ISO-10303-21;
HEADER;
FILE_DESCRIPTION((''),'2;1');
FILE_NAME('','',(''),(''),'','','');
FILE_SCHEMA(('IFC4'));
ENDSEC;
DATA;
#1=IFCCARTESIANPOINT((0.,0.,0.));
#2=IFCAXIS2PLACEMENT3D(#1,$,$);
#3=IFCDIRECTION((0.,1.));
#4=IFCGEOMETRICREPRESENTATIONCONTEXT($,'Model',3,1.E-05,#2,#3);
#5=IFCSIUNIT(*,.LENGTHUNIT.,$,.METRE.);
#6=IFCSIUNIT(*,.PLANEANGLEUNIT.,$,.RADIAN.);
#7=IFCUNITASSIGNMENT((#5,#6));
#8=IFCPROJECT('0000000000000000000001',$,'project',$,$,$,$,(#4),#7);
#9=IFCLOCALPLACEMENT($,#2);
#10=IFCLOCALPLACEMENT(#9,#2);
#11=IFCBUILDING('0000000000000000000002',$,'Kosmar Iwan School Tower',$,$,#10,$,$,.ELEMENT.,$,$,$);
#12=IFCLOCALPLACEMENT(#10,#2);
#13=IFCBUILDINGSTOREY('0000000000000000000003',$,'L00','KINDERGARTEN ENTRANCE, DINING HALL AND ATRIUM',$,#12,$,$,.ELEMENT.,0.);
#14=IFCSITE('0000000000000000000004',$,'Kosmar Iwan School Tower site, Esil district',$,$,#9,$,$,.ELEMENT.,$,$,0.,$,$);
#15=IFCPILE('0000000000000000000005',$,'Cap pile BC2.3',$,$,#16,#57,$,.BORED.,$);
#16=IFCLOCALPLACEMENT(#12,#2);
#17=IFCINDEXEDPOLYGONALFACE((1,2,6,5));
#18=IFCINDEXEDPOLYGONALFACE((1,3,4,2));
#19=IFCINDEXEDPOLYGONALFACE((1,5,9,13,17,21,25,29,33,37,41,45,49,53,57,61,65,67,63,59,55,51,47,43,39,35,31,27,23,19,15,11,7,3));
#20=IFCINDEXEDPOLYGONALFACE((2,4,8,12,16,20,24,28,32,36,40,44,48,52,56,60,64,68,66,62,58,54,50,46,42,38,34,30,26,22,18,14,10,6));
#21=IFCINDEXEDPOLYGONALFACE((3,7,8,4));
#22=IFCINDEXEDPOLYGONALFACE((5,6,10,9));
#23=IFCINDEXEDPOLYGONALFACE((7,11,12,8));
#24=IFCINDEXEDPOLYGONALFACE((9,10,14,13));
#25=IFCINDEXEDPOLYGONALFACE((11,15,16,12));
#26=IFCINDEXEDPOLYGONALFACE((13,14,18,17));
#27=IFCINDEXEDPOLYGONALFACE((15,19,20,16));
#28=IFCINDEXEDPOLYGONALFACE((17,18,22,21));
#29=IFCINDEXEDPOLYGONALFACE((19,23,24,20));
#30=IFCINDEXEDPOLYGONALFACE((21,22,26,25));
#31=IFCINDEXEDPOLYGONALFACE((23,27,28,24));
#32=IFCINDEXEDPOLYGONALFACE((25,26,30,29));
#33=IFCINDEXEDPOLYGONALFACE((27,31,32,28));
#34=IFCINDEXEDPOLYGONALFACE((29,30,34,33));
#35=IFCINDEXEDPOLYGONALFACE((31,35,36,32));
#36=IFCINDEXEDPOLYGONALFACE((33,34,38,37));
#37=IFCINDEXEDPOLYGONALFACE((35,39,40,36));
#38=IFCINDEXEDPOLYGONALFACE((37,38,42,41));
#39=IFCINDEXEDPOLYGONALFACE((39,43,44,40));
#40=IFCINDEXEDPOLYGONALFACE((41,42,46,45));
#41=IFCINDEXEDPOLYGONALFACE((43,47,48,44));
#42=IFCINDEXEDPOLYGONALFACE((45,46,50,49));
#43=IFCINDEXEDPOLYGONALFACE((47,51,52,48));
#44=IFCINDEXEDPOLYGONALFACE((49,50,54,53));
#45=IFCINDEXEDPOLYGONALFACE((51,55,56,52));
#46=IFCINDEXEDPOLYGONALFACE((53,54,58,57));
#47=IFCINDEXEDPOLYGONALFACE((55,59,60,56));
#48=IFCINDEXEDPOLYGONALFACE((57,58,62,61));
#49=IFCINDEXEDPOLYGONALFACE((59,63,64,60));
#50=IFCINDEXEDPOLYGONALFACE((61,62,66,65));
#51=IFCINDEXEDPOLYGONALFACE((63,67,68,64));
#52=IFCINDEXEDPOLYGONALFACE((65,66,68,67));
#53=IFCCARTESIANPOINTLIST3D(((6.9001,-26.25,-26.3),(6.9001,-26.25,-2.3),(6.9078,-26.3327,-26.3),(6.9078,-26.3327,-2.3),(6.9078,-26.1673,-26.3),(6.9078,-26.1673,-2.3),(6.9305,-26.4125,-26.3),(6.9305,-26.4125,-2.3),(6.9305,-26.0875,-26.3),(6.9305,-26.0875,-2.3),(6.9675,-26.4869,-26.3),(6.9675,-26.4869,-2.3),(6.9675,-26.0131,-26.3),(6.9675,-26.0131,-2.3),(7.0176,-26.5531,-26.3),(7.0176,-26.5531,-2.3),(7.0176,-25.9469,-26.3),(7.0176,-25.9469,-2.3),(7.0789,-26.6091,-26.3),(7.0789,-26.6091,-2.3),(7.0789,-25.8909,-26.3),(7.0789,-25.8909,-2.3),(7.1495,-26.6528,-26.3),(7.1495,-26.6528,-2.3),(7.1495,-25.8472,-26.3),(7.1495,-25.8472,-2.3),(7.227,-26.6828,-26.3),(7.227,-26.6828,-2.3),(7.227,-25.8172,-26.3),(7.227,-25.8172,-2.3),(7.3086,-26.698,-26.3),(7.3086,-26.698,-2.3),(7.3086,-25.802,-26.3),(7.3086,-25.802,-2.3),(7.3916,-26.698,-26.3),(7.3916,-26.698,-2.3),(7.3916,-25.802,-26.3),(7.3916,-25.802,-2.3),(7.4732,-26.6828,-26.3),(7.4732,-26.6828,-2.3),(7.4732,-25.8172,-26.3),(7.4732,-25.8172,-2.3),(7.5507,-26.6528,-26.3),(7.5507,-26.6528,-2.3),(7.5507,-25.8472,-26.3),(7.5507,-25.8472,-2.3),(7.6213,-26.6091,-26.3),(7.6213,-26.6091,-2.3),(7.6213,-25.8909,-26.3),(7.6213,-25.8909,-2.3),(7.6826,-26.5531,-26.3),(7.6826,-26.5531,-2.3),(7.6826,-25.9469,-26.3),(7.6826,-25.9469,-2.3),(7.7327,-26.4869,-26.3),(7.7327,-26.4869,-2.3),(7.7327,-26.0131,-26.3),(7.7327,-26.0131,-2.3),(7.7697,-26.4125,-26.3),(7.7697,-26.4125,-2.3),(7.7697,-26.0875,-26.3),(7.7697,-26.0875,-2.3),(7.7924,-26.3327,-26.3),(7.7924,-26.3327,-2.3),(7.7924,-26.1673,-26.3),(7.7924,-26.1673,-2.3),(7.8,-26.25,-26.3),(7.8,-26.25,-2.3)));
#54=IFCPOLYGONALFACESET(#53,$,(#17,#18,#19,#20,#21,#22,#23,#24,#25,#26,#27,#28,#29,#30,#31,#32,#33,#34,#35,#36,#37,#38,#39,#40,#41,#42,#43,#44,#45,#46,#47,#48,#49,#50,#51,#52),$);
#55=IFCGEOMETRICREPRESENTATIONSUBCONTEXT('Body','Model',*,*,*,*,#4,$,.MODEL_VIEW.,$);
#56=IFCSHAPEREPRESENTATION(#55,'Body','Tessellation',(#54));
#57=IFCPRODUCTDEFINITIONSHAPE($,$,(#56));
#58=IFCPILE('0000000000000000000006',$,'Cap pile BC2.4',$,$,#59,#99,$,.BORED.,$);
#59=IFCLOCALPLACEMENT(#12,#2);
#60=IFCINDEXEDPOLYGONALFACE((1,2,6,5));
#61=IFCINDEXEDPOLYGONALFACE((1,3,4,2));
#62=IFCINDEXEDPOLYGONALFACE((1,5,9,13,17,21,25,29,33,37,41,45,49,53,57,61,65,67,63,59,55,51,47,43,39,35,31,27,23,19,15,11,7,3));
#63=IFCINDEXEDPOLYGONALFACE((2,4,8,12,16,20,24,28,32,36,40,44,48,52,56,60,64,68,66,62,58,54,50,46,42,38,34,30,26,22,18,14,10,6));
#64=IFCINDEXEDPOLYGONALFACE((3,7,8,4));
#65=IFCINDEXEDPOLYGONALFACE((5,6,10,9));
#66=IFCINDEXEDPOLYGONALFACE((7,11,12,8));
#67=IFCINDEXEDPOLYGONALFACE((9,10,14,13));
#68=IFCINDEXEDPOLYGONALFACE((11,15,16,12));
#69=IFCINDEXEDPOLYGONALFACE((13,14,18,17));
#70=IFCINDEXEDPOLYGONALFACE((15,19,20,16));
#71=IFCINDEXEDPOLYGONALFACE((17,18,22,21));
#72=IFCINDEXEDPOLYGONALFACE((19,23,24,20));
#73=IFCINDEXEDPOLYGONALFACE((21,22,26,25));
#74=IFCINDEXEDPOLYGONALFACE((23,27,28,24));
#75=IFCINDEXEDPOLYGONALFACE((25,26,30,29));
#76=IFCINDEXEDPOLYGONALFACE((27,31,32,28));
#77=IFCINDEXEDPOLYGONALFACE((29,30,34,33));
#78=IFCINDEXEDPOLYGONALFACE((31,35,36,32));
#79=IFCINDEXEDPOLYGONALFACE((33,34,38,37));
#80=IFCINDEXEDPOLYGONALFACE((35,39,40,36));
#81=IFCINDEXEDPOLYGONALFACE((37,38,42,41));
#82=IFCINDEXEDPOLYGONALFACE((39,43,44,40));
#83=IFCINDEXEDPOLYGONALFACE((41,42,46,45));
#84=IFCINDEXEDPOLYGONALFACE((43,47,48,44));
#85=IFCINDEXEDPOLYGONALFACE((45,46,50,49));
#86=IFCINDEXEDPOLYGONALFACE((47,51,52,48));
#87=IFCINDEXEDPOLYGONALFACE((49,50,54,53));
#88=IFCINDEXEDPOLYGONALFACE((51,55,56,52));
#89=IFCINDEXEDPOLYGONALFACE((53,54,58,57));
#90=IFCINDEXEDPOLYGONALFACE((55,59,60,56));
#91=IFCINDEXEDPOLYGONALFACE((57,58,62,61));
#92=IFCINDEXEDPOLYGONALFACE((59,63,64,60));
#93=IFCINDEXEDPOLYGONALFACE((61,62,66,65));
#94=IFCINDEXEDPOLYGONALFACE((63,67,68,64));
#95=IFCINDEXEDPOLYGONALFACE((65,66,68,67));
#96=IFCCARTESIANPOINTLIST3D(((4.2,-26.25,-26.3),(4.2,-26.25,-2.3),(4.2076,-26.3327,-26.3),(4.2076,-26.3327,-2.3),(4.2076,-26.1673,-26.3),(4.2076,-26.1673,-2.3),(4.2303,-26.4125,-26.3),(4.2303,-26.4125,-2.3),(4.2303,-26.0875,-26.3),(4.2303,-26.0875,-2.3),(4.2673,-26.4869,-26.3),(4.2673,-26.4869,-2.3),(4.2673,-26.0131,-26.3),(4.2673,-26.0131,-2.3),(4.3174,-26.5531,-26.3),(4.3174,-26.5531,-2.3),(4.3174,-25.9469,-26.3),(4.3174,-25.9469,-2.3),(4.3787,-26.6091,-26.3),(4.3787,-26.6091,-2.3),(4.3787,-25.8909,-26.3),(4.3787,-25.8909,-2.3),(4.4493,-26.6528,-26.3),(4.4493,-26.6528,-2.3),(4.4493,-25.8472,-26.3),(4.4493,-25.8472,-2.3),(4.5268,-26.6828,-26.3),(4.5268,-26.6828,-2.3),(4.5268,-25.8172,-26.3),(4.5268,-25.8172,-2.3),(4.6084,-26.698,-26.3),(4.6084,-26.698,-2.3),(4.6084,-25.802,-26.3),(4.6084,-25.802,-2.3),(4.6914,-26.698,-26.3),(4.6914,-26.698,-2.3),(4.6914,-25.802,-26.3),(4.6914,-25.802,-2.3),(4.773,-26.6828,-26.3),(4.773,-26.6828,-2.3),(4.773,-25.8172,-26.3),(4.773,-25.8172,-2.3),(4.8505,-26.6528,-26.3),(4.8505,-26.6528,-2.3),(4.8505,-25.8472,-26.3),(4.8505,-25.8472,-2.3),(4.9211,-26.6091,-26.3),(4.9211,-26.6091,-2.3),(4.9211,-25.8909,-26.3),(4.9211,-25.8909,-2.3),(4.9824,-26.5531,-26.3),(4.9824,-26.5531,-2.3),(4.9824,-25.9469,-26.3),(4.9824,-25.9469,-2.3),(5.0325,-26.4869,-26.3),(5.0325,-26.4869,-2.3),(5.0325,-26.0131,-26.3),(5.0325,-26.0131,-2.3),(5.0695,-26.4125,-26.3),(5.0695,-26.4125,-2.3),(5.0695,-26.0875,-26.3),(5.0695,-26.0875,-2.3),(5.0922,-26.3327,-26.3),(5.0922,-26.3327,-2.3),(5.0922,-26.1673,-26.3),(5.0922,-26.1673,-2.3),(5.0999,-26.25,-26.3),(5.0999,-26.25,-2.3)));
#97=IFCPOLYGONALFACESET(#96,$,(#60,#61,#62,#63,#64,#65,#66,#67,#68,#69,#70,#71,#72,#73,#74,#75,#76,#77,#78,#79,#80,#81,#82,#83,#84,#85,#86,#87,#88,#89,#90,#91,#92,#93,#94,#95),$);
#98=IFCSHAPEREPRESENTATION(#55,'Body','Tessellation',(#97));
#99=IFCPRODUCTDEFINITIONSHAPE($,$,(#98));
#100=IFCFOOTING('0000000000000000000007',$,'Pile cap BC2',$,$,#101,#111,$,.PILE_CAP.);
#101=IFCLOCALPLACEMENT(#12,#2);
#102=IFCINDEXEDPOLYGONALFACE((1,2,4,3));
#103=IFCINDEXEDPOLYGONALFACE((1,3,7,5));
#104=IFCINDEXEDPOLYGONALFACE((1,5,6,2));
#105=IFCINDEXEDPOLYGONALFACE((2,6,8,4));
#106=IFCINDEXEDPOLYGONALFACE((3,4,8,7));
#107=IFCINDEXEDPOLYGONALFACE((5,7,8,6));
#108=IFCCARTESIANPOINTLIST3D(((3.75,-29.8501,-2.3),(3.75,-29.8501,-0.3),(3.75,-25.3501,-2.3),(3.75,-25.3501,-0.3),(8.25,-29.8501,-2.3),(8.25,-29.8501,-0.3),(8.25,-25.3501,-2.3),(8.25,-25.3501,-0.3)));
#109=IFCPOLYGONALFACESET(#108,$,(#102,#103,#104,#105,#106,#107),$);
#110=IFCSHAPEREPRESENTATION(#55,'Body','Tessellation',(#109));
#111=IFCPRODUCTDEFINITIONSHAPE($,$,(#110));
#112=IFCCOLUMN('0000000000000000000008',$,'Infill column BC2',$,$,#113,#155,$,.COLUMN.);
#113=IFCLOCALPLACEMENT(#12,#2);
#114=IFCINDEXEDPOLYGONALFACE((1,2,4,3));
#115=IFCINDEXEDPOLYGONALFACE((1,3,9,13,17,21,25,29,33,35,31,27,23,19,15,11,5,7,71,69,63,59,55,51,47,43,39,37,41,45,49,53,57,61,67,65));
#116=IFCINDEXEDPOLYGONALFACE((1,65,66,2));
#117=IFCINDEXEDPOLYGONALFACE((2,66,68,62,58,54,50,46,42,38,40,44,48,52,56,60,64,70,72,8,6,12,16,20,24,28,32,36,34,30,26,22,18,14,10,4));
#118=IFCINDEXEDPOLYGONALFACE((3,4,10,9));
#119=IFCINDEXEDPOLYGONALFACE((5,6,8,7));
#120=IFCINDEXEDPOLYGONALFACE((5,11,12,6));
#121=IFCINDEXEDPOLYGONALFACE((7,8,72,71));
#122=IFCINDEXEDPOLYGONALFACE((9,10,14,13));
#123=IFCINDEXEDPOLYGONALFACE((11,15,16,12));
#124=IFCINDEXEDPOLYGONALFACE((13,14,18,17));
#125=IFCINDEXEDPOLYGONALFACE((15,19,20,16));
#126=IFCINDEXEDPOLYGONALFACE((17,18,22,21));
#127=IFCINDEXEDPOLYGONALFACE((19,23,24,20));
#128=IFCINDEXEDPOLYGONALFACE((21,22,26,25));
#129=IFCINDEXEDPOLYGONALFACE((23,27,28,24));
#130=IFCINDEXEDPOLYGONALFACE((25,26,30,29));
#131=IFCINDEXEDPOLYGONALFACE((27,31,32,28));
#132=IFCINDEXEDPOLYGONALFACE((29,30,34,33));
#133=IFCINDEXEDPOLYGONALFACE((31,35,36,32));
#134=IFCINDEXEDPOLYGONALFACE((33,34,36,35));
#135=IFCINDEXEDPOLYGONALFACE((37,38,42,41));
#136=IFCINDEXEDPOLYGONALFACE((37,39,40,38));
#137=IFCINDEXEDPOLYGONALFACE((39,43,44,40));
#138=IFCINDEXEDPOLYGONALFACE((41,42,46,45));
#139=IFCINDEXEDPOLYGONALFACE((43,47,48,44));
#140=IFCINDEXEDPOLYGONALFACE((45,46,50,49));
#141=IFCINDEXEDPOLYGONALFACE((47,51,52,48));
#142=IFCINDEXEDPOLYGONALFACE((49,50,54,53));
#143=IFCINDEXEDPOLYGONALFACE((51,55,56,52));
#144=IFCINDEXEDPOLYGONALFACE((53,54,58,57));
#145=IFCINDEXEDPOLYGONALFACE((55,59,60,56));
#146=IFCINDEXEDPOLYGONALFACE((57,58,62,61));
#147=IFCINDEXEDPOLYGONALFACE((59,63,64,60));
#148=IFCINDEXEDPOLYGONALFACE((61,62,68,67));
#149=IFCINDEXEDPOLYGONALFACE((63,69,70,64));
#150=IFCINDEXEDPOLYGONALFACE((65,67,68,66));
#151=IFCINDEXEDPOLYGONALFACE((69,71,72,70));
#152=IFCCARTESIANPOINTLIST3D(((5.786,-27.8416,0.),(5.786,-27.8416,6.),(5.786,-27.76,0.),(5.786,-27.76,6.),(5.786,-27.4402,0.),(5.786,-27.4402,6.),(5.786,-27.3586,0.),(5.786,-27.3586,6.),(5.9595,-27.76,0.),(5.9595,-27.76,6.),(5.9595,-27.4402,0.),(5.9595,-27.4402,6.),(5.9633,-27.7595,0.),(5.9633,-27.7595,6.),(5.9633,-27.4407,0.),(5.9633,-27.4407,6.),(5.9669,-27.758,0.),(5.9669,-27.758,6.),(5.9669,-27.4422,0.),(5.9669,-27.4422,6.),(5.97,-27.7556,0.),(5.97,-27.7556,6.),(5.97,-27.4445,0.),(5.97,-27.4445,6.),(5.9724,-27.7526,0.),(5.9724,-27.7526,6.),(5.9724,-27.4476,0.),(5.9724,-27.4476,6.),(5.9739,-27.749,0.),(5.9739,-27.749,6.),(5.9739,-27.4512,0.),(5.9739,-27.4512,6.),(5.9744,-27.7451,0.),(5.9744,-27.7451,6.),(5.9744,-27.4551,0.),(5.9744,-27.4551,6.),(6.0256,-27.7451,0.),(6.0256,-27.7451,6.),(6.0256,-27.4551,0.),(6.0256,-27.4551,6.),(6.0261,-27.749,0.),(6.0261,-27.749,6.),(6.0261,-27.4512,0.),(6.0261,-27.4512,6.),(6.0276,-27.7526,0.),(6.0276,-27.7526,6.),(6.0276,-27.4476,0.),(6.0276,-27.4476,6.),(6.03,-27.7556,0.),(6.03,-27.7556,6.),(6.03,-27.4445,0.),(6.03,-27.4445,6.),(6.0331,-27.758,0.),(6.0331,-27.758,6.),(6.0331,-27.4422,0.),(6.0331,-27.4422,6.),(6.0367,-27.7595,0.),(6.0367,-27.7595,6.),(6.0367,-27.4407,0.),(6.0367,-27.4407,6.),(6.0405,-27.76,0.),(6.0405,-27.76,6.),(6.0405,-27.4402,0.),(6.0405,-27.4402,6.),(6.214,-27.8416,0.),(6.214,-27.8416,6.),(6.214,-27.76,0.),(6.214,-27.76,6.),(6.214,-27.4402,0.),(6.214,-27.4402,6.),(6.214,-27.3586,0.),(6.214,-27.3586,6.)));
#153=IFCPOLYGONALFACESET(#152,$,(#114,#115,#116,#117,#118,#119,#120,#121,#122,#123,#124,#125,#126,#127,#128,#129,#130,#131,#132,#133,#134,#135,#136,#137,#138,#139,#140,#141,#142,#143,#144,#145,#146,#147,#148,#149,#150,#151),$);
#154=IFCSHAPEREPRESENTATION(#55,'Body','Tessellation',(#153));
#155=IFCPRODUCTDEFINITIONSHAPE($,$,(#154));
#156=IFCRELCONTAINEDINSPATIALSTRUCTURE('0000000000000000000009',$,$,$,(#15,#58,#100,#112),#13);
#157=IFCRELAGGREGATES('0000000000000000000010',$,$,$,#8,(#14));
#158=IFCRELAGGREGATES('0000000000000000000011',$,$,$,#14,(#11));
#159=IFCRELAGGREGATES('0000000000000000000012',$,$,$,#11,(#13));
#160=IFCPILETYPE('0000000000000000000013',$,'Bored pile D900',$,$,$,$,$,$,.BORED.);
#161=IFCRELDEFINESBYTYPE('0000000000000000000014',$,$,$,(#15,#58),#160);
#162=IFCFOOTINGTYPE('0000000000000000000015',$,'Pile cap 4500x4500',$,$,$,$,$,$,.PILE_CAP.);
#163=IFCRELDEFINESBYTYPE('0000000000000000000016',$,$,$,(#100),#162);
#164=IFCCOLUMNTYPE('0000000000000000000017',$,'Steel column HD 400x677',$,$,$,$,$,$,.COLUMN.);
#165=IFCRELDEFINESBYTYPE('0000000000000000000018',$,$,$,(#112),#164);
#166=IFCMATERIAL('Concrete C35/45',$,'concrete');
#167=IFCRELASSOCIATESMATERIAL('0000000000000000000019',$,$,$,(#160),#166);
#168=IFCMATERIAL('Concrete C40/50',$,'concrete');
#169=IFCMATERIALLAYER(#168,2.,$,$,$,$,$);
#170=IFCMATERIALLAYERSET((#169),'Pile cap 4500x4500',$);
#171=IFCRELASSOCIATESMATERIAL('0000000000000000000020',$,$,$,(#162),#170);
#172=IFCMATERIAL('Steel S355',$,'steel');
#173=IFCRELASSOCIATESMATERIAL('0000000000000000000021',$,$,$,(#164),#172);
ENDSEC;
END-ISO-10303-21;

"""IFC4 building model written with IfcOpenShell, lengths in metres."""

from ifc_helpers import new_model, si_unit, direction, frame, origin, origin_2d, place, context, subcontext, project, spatial, rectangle, circle, i_section, extrude, material, layer, layer_set, material_profile, profile_set, type_object, element, save


model = new_model("IFC4")

# Units and contexts
model_context = context("Model", 3, precision=1e-05, world=origin(), true_north=direction((0.0, 1.0)))
body_context = subcontext(model_context, "Body", "Model", "MODEL_VIEW")
ifc_project = project(units=[si_unit("LENGTHUNIT", "METRE"), si_unit("PLANEANGLEUNIT", "RADIAN")], contexts=[model_context])

# Site, building, storey
site_placement = place(None, origin())
site = spatial("IfcSite", under=ifc_project, at=site_placement, Name="Kosmar Iwan School Tower site, Esil district", CompositionType="ELEMENT", RefElevation=0.0)
building_placement = place(site_placement, origin())
building = spatial("IfcBuilding", under=site, at=building_placement, Name="Kosmar Iwan School Tower", CompositionType="ELEMENT")
storey_placement = place(building_placement, origin())
storey = spatial("IfcBuildingStorey", under=building, at=storey_placement, Name="L00", Description="KINDERGARTEN ENTRANCE, DINING HALL AND ATRIUM", CompositionType="ELEMENT", Elevation=0.0)

# Piles
ifc_material_1 = material(Name="Concrete C35/45", Category="concrete")
ifc_material_profile_1 = material_profile(ifc_material_1, circle(Radius=0.45, at=origin_2d()), Name="D900")
ifc_profile_set_1 = profile_set([ifc_material_profile_1], Name="Concrete C35/45")
pile_type = type_object("IfcPileType", Name="Bored pile D900", PredefinedType="BORED", material=ifc_profile_set_1)
for number, where, z_axis, x_axis, name in (
    (1, (7.3501, -26.25, -2.3), (0.0, 0.0, -1.0), (1.0, 0.0, 0.0), "Cap pile BC2.3"),
    (2, (4.6499, -26.25, -2.3), (0.0, 0.0, -1.0), (1.0, 0.0, 0.0), "Cap pile BC2.4"),
):
    element("IfcPile", number, at=place(storey_placement, frame(where, z_axis=z_axis, x_axis=x_axis)), inside=storey, type_object=pile_type, Name=name, PredefinedType="BORED", context=body_context, shape_type="SweptSolid", body=[
        extrude(circle(Radius=0.45, at=origin_2d()), origin(), (0.0, 0.0, 1.0), 24.0),
    ])

# Footing
ifc_material_2 = material(Name="Concrete C40/50", Category="concrete")
ifc_layer_1 = layer(ifc_material_2, 2.0)
ifc_layer_set_1 = layer_set([ifc_layer_1], Name="Pile cap 4500x4500")
footing_type = type_object("IfcFootingType", Name="Pile cap 4500x4500", PredefinedType="PILE_CAP", material=ifc_layer_set_1)
footing_placement = place(storey_placement, frame((6.0, -27.6001, -2.3), z_axis=(0.0, 0.0, 1.0), x_axis=(1.0, 0.0, 0.0)))
element("IfcFooting", 3, at=footing_placement, inside=storey, type_object=footing_type, Name="Pile cap BC2", PredefinedType="PILE_CAP", context=body_context, shape_type="SweptSolid", body=[
    extrude(rectangle(XDim=4.5, YDim=4.5, at=origin_2d()), origin(), (0.0, 0.0, 1.0), 2.0),
])

# Column
ifc_material_3 = material(Name="Steel S355", Category="steel")
ifc_material_profile_2 = material_profile(ifc_material_3, i_section(OverallWidth=0.428, OverallDepth=0.4829, WebThickness=0.0513, FlangeThickness=0.0815, FilletRadius=0.0149, at=origin_2d()), Name="HD 400x677")
ifc_profile_set_2 = profile_set([ifc_material_profile_2], Name="Steel S355")
column_type = type_object("IfcColumnType", Name="Steel column HD 400x677", PredefinedType="COLUMN", material=ifc_profile_set_2)
column_placement = place(storey_placement, frame((6.0, -27.6001, 0.0), z_axis=(0.0, 0.0, 1.0), x_axis=(1.0, 0.0, 0.0)))
element("IfcColumn", 4, at=column_placement, inside=storey, type_object=column_type, Name="Infill column BC2", PredefinedType="COLUMN", context=body_context, shape_type="SweptSolid", body=[
    extrude(i_section(OverallWidth=0.428, OverallDepth=0.4829, WebThickness=0.0513, FlangeThickness=0.0815, FilletRadius=0.0149, at=origin_2d()), origin(), (0.0, 0.0, 1.0), 6.0),
])

save(model, "model.ifc")
